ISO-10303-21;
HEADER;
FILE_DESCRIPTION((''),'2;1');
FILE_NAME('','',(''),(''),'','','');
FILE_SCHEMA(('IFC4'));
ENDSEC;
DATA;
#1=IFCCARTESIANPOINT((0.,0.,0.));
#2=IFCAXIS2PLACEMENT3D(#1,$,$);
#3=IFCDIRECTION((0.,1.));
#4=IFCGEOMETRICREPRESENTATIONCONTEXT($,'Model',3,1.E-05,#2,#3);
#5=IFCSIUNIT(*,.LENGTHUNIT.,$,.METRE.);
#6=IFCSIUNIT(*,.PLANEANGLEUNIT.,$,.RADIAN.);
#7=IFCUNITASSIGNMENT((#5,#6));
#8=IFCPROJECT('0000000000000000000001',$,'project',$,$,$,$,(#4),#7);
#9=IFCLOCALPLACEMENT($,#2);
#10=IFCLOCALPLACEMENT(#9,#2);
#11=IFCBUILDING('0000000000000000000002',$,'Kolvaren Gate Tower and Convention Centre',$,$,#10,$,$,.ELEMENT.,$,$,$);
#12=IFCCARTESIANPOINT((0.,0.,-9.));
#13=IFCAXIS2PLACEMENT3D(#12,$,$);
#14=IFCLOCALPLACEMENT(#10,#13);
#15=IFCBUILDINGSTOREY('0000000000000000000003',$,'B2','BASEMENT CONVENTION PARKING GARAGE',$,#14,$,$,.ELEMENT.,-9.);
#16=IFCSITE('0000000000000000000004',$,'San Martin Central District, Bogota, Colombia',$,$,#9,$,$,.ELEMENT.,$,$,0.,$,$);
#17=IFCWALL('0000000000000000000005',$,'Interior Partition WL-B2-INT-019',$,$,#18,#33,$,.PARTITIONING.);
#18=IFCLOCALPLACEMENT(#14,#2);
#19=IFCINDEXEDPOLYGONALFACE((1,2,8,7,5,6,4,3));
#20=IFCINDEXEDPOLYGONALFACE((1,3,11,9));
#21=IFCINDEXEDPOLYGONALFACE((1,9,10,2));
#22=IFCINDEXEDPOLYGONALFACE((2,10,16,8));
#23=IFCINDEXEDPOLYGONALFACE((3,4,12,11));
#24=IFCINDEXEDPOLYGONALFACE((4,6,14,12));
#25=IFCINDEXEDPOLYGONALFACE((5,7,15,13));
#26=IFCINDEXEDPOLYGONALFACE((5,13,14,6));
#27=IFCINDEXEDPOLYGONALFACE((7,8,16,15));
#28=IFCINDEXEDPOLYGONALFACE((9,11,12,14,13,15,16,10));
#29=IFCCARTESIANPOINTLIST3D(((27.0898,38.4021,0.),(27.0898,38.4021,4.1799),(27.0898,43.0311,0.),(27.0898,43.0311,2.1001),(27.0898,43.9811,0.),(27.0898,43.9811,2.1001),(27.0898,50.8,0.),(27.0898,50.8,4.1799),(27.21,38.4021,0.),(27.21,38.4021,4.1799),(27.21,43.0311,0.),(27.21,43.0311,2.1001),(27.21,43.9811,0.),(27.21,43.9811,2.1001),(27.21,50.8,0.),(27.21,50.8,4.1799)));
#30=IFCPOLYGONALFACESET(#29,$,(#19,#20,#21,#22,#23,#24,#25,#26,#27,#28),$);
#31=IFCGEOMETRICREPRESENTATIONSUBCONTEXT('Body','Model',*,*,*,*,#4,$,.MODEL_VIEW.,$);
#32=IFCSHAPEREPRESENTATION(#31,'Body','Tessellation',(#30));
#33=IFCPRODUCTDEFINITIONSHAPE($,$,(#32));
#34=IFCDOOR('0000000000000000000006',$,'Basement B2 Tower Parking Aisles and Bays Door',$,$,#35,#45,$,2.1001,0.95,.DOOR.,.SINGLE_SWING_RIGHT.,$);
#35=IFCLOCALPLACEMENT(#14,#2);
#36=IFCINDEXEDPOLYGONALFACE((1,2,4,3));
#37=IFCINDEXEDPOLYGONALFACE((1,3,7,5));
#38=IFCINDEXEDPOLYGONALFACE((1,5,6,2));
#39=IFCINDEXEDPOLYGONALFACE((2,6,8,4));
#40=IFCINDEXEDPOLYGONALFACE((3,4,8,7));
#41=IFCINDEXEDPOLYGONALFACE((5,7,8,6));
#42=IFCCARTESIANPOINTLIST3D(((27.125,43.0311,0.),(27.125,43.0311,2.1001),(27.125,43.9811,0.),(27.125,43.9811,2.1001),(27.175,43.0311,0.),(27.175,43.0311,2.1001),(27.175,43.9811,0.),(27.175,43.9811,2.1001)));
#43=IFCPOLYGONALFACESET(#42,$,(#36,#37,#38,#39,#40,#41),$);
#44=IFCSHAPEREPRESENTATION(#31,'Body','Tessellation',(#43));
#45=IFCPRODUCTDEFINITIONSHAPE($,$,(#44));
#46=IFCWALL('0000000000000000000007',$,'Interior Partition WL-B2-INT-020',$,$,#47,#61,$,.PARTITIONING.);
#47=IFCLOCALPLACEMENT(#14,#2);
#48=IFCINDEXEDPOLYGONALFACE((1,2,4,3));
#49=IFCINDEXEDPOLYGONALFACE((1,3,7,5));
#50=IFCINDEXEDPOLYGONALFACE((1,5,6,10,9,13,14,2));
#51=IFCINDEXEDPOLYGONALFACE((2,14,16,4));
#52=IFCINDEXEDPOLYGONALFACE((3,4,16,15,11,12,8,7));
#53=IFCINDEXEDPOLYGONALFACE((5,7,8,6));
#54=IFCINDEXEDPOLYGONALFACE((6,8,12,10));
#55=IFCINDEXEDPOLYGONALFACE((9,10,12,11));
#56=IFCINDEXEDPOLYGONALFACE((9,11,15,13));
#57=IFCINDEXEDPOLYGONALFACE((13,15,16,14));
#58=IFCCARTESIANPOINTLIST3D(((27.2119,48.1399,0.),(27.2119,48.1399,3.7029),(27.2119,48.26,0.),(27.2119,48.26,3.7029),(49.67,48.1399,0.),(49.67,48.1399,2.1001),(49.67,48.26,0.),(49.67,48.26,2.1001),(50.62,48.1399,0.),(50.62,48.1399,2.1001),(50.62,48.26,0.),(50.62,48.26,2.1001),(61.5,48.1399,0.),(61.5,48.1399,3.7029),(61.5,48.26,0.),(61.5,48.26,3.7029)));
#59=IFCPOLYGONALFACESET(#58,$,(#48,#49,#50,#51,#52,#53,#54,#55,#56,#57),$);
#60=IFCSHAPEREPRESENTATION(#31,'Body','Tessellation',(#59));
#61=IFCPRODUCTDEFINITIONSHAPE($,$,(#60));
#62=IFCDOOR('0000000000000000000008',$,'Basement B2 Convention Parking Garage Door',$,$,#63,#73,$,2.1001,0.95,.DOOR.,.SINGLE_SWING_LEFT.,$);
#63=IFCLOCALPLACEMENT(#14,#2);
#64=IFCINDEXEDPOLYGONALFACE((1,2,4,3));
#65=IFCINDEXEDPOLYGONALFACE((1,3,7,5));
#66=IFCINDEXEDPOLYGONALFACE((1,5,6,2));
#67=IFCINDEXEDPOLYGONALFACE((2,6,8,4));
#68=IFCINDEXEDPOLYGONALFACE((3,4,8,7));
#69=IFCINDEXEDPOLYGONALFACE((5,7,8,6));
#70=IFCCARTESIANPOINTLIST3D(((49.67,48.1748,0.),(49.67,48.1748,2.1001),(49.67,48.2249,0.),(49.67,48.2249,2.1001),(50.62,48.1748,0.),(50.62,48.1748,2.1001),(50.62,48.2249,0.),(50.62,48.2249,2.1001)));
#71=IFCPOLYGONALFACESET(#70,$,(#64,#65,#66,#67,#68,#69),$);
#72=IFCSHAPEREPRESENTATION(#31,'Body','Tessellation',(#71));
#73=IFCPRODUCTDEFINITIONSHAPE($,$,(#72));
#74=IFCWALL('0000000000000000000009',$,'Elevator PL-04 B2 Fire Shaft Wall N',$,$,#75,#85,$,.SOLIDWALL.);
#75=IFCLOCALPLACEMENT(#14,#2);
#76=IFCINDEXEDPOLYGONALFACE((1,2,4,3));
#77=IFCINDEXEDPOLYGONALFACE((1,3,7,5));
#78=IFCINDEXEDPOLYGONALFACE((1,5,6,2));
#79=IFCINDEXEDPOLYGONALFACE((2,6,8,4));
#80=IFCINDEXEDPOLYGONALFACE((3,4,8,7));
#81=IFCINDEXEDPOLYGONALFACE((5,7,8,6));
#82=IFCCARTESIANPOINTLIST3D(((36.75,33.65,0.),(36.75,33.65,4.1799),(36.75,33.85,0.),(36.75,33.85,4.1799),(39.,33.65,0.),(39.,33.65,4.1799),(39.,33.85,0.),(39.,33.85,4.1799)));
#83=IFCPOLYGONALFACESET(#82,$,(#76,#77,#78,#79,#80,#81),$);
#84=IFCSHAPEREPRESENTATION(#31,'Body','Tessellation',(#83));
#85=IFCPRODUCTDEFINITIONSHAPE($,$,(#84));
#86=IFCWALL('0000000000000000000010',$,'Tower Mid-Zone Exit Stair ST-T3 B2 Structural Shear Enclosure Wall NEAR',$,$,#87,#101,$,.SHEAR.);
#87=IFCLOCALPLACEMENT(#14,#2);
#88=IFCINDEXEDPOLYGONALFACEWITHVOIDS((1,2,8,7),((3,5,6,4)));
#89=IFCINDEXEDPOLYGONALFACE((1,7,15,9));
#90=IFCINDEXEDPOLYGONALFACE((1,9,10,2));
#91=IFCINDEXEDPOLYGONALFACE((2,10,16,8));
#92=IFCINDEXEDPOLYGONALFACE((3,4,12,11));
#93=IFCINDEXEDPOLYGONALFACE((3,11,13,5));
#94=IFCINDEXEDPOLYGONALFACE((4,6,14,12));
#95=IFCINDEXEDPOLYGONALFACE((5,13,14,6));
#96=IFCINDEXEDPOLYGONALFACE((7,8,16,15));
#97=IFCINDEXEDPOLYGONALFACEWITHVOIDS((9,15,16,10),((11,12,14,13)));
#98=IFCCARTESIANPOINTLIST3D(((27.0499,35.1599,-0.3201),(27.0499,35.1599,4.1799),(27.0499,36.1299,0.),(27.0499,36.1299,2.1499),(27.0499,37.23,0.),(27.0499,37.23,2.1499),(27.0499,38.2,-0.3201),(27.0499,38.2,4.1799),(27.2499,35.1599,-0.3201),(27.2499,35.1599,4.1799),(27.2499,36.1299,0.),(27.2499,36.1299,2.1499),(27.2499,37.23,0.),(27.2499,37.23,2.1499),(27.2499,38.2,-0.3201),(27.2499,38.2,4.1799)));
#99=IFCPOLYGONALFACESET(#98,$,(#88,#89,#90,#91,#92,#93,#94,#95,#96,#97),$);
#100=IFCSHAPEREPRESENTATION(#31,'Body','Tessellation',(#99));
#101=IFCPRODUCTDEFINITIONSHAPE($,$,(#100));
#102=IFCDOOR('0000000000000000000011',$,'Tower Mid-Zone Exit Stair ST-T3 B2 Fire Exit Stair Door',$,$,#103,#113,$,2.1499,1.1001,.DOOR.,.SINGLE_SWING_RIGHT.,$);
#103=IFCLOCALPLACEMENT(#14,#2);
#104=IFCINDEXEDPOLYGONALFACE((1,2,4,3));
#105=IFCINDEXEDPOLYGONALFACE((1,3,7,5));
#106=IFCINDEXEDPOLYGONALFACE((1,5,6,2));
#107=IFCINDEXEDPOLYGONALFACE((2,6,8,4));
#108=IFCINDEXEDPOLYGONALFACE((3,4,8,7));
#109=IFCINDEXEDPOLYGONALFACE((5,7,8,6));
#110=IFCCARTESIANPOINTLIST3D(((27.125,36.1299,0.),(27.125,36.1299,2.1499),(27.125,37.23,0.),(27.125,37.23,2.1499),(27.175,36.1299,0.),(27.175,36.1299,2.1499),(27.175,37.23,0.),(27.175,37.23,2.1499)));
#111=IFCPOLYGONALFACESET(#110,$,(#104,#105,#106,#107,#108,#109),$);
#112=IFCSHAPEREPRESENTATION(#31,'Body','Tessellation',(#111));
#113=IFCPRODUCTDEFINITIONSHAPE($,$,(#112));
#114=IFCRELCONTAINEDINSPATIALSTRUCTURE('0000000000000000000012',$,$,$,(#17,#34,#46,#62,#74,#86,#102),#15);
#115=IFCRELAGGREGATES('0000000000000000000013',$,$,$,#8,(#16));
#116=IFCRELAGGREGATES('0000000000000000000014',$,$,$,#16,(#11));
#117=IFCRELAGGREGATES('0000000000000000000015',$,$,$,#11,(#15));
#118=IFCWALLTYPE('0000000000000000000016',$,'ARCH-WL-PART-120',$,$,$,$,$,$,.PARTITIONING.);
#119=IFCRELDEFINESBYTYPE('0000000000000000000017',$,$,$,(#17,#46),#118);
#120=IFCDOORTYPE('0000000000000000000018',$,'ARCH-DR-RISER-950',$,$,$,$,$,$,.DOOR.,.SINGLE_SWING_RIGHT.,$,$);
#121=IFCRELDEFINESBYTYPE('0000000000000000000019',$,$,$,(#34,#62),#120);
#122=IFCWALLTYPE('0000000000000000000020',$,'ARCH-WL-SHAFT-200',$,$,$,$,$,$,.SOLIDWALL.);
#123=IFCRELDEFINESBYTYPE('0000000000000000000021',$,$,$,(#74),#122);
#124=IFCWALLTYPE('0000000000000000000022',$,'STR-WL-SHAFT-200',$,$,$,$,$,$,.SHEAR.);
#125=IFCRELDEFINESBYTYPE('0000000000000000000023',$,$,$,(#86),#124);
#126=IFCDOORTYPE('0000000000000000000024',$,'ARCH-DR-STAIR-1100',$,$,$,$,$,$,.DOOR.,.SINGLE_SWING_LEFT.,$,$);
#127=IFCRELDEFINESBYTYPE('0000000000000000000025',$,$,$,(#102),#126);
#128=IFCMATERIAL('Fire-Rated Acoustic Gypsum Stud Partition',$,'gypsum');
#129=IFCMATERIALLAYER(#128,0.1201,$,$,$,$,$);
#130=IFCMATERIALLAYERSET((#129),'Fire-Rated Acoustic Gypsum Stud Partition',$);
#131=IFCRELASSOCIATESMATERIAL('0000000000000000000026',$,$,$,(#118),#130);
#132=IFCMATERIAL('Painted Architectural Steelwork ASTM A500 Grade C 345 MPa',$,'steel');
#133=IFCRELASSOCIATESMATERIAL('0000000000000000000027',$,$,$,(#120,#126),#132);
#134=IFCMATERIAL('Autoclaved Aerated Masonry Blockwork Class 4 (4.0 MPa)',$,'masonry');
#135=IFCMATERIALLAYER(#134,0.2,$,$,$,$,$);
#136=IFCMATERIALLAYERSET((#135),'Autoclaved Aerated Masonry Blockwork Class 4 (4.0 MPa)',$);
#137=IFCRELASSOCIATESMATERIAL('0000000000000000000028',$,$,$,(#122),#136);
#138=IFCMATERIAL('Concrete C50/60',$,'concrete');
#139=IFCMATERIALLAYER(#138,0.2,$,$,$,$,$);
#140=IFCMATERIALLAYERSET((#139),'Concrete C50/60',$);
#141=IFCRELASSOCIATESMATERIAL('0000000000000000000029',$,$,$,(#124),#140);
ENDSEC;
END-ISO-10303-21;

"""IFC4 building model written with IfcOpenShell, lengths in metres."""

from ifc_helpers import new_model, si_unit, direction, frame, frame_2d, origin, place, context, subcontext, project, spatial, rectangle, extrude, material, layer, layer_set, type_object, element, fill, save


model = new_model("IFC4")

# Units and contexts
model_context = context("Model", 3, precision=1e-05, world=origin(), true_north=direction((0.0, 1.0)))
body_context = subcontext(model_context, "Body", "Model", "MODEL_VIEW")
ifc_project = project(units=[si_unit("LENGTHUNIT", "METRE"), si_unit("PLANEANGLEUNIT", "RADIAN")], contexts=[model_context])

# Site, building, storey
site_placement = place(None, origin())
site = spatial("IfcSite", under=ifc_project, at=site_placement, Name="San Martin Central District, Bogota, Colombia", CompositionType="ELEMENT", RefElevation=0.0)
building_placement = place(site_placement, origin())
building = spatial("IfcBuilding", under=site, at=building_placement, Name="Kolvaren Gate Tower and Convention Centre", CompositionType="ELEMENT")
storey_placement = place(building_placement, frame((0.0, 0.0, -9.0)))
storey = spatial("IfcBuildingStorey", under=building, at=storey_placement, Name="B2", Description="BASEMENT CONVENTION PARKING GARAGE", CompositionType="ELEMENT", Elevation=-9.0)

# Shared definitions
ifc_material_1 = material(Name="Fire-Rated Acoustic Gypsum Stud Partition", Category="gypsum")
ifc_layer_1 = layer(ifc_material_1, 0.1201)
ifc_layer_set_1 = layer_set([ifc_layer_1], Name="Fire-Rated Acoustic Gypsum Stud Partition")
wall_type_1 = type_object("IfcWallType", Name="ARCH-WL-PART-120", PredefinedType="PARTITIONING", material=ifc_layer_set_1)

# Walls, openings, doors
wall_1_placement = place(storey_placement, frame((27.1499, 38.4021, 0.0), z_axis=(0.0, 0.0, 1.0), x_axis=(0.0, 1.0, 0.0)))
wall_1 = element("IfcWall", 1, at=wall_1_placement, inside=storey, type_object=wall_type_1, Name="Interior Partition WL-B2-INT-019", PredefinedType="PARTITIONING", context=body_context, shape_type="SweptSolid", body=[
    extrude(rectangle(XDim=12.3979, YDim=0.1201, at=frame_2d((6.199, 0.0))), origin(), (0.0, 0.0, 1.0), 4.1799),
])
opening_1_placement = place(wall_1_placement, frame((4.6289, 0.0, 0.0)))
opening_1 = element("IfcOpeningElement", 2, at=opening_1_placement, cuts=wall_1, PredefinedType="OPENING", context=body_context, shape_type="SweptSolid", body=[
    extrude(rectangle(XDim=0.95, YDim=2.1001, at=frame_2d((0.4751, 1.05))), frame((0.0, 0.0701, 0.0), z_axis=(0.0, -1.0, 0.0), x_axis=(1.0, 0.0, 0.0)), (0.0, 0.0, 1.0), 0.1401),
])
ifc_material_2 = material(Name="Painted Architectural Steelwork ASTM A500 Grade C 345 MPa", Category="steel")
door_type_1 = type_object("IfcDoorType", Name="ARCH-DR-RISER-950", OperationType="SINGLE_SWING_RIGHT", PredefinedType="DOOR", material=ifc_material_2)
door_1_placement = place(opening_1_placement, origin())
door_1 = element("IfcDoor", 3, at=door_1_placement, inside=storey, type_object=door_type_1, Name="Basement B2 Tower Parking Aisles and Bays Door", OperationType="SINGLE_SWING_RIGHT", OverallHeight=2.1001, OverallWidth=0.95, PredefinedType="DOOR", context=body_context, shape_type="SweptSolid", body=[
    extrude(rectangle(XDim=0.95, YDim=2.1001, at=frame_2d((0.4751, 1.05))), frame((0.0, 0.0249, 0.0), z_axis=(0.0, -1.0, 0.0), x_axis=(1.0, 0.0, 0.0)), (0.0, 0.0, 1.0), 0.05),
])
fill(opening_1, door_1)
wall_2_placement = place(storey_placement, frame((27.2119, 48.2, 0.0), z_axis=(0.0, 0.0, 1.0), x_axis=(1.0, 0.0, 0.0)))
wall_2 = element("IfcWall", 4, at=wall_2_placement, inside=storey, type_object=wall_type_1, Name="Interior Partition WL-B2-INT-020", PredefinedType="PARTITIONING", context=body_context, shape_type="SweptSolid", body=[
    extrude(rectangle(XDim=34.2881, YDim=0.1201, at=frame_2d((17.144, 0.0))), origin(), (0.0, 0.0, 1.0), 3.7029),
])
opening_2_placement = place(wall_2_placement, frame((22.458, 0.0, 0.0)))
opening_2 = element("IfcOpeningElement", 5, at=opening_2_placement, cuts=wall_2, PredefinedType="OPENING", context=body_context, shape_type="SweptSolid", body=[
    extrude(rectangle(XDim=0.95, YDim=2.1001, at=frame_2d((0.4751, 1.05))), frame((0.0, 0.0701, 0.0), z_axis=(0.0, -1.0, 0.0), x_axis=(1.0, 0.0, 0.0)), (0.0, 0.0, 1.0), 0.1401),
])
door_2_placement = place(opening_2_placement, origin())
door_2 = element("IfcDoor", 6, at=door_2_placement, inside=storey, type_object=door_type_1, Name="Basement B2 Convention Parking Garage Door", OperationType="SINGLE_SWING_LEFT", OverallHeight=2.1001, OverallWidth=0.95, PredefinedType="DOOR", context=body_context, shape_type="SweptSolid", body=[
    extrude(rectangle(XDim=0.95, YDim=2.1001, at=frame_2d((0.4751, 1.05))), frame((0.0, 0.0249, 0.0), z_axis=(0.0, -1.0, 0.0), x_axis=(1.0, 0.0, 0.0)), (0.0, 0.0, 1.0), 0.05),
])
fill(opening_2, door_2)

# Wall
ifc_material_3 = material(Name="Autoclaved Aerated Masonry Blockwork Class 4 (4.0 MPa)", Category="masonry")
ifc_layer_2 = layer(ifc_material_3, 0.2)
ifc_layer_set_2 = layer_set([ifc_layer_2], Name="Autoclaved Aerated Masonry Blockwork Class 4 (4.0 MPa)")
wall_type_2 = type_object("IfcWallType", Name="ARCH-WL-SHAFT-200", PredefinedType="SOLIDWALL", material=ifc_layer_set_2)
wall_3_placement = place(storey_placement, frame((36.75, 33.75, 0.0), z_axis=(0.0, 0.0, 1.0), x_axis=(1.0, 0.0, 0.0)))
element("IfcWall", 7, at=wall_3_placement, inside=storey, type_object=wall_type_2, Name="Elevator PL-04 B2 Fire Shaft Wall N", PredefinedType="SOLIDWALL", context=body_context, shape_type="SweptSolid", body=[
    extrude(rectangle(XDim=2.25, YDim=0.2, at=frame_2d((1.125, 0.0))), origin(), (0.0, 0.0, 1.0), 4.1799),
])

# Wall, opening, door
ifc_material_4 = material(Name="Concrete C50/60", Category="concrete")
ifc_layer_3 = layer(ifc_material_4, 0.2)
ifc_layer_set_3 = layer_set([ifc_layer_3], Name="Concrete C50/60")
wall_type_3 = type_object("IfcWallType", Name="STR-WL-SHAFT-200", PredefinedType="SHEAR", material=ifc_layer_set_3)
wall_4_placement = place(storey_placement, frame((27.1499, 35.1599, -0.3201), z_axis=(0.0, 0.0, 1.0), x_axis=(0.0, 1.0, 0.0)))
wall_4 = element("IfcWall", 8, at=wall_4_placement, inside=storey, type_object=wall_type_3, Name="Tower Mid-Zone Exit Stair ST-T3 B2 Structural Shear Enclosure Wall NEAR", PredefinedType="SHEAR", context=body_context, shape_type="SweptSolid", body=[
    extrude(rectangle(XDim=3.04, YDim=0.2, at=frame_2d((1.52, 0.0))), origin(), (0.0, 0.0, 1.0), 4.5),
])
opening_3_placement = place(wall_4_placement, frame((0.97, 0.0, 0.3201)))
opening_3 = element("IfcOpeningElement", 9, at=opening_3_placement, cuts=wall_4, PredefinedType="OPENING", context=body_context, shape_type="SweptSolid", body=[
    extrude(rectangle(XDim=1.1001, YDim=2.1499, at=frame_2d((0.55, 1.075))), frame((0.0, 0.1099, 0.0), z_axis=(0.0, -1.0, 0.0), x_axis=(1.0, 0.0, 0.0)), (0.0, 0.0, 1.0), 0.22),
])
door_type_2 = type_object("IfcDoorType", Name="ARCH-DR-STAIR-1100", OperationType="SINGLE_SWING_LEFT", PredefinedType="DOOR", material=ifc_material_2)
door_3_placement = place(opening_3_placement, origin())
door_3 = element("IfcDoor", 10, at=door_3_placement, inside=storey, type_object=door_type_2, Name="Tower Mid-Zone Exit Stair ST-T3 B2 Fire Exit Stair Door", OperationType="SINGLE_SWING_RIGHT", OverallHeight=2.1499, OverallWidth=1.1001, PredefinedType="DOOR", context=body_context, shape_type="SweptSolid", body=[
    extrude(rectangle(XDim=1.1001, YDim=2.1499, at=frame_2d((0.55, 1.075))), frame((0.0, 0.0249, 0.0), z_axis=(0.0, -1.0, 0.0), x_axis=(1.0, 0.0, 0.0)), (0.0, 0.0, 1.0), 0.05),
])
fill(opening_3, door_3)

save(model, "model.ifc")
